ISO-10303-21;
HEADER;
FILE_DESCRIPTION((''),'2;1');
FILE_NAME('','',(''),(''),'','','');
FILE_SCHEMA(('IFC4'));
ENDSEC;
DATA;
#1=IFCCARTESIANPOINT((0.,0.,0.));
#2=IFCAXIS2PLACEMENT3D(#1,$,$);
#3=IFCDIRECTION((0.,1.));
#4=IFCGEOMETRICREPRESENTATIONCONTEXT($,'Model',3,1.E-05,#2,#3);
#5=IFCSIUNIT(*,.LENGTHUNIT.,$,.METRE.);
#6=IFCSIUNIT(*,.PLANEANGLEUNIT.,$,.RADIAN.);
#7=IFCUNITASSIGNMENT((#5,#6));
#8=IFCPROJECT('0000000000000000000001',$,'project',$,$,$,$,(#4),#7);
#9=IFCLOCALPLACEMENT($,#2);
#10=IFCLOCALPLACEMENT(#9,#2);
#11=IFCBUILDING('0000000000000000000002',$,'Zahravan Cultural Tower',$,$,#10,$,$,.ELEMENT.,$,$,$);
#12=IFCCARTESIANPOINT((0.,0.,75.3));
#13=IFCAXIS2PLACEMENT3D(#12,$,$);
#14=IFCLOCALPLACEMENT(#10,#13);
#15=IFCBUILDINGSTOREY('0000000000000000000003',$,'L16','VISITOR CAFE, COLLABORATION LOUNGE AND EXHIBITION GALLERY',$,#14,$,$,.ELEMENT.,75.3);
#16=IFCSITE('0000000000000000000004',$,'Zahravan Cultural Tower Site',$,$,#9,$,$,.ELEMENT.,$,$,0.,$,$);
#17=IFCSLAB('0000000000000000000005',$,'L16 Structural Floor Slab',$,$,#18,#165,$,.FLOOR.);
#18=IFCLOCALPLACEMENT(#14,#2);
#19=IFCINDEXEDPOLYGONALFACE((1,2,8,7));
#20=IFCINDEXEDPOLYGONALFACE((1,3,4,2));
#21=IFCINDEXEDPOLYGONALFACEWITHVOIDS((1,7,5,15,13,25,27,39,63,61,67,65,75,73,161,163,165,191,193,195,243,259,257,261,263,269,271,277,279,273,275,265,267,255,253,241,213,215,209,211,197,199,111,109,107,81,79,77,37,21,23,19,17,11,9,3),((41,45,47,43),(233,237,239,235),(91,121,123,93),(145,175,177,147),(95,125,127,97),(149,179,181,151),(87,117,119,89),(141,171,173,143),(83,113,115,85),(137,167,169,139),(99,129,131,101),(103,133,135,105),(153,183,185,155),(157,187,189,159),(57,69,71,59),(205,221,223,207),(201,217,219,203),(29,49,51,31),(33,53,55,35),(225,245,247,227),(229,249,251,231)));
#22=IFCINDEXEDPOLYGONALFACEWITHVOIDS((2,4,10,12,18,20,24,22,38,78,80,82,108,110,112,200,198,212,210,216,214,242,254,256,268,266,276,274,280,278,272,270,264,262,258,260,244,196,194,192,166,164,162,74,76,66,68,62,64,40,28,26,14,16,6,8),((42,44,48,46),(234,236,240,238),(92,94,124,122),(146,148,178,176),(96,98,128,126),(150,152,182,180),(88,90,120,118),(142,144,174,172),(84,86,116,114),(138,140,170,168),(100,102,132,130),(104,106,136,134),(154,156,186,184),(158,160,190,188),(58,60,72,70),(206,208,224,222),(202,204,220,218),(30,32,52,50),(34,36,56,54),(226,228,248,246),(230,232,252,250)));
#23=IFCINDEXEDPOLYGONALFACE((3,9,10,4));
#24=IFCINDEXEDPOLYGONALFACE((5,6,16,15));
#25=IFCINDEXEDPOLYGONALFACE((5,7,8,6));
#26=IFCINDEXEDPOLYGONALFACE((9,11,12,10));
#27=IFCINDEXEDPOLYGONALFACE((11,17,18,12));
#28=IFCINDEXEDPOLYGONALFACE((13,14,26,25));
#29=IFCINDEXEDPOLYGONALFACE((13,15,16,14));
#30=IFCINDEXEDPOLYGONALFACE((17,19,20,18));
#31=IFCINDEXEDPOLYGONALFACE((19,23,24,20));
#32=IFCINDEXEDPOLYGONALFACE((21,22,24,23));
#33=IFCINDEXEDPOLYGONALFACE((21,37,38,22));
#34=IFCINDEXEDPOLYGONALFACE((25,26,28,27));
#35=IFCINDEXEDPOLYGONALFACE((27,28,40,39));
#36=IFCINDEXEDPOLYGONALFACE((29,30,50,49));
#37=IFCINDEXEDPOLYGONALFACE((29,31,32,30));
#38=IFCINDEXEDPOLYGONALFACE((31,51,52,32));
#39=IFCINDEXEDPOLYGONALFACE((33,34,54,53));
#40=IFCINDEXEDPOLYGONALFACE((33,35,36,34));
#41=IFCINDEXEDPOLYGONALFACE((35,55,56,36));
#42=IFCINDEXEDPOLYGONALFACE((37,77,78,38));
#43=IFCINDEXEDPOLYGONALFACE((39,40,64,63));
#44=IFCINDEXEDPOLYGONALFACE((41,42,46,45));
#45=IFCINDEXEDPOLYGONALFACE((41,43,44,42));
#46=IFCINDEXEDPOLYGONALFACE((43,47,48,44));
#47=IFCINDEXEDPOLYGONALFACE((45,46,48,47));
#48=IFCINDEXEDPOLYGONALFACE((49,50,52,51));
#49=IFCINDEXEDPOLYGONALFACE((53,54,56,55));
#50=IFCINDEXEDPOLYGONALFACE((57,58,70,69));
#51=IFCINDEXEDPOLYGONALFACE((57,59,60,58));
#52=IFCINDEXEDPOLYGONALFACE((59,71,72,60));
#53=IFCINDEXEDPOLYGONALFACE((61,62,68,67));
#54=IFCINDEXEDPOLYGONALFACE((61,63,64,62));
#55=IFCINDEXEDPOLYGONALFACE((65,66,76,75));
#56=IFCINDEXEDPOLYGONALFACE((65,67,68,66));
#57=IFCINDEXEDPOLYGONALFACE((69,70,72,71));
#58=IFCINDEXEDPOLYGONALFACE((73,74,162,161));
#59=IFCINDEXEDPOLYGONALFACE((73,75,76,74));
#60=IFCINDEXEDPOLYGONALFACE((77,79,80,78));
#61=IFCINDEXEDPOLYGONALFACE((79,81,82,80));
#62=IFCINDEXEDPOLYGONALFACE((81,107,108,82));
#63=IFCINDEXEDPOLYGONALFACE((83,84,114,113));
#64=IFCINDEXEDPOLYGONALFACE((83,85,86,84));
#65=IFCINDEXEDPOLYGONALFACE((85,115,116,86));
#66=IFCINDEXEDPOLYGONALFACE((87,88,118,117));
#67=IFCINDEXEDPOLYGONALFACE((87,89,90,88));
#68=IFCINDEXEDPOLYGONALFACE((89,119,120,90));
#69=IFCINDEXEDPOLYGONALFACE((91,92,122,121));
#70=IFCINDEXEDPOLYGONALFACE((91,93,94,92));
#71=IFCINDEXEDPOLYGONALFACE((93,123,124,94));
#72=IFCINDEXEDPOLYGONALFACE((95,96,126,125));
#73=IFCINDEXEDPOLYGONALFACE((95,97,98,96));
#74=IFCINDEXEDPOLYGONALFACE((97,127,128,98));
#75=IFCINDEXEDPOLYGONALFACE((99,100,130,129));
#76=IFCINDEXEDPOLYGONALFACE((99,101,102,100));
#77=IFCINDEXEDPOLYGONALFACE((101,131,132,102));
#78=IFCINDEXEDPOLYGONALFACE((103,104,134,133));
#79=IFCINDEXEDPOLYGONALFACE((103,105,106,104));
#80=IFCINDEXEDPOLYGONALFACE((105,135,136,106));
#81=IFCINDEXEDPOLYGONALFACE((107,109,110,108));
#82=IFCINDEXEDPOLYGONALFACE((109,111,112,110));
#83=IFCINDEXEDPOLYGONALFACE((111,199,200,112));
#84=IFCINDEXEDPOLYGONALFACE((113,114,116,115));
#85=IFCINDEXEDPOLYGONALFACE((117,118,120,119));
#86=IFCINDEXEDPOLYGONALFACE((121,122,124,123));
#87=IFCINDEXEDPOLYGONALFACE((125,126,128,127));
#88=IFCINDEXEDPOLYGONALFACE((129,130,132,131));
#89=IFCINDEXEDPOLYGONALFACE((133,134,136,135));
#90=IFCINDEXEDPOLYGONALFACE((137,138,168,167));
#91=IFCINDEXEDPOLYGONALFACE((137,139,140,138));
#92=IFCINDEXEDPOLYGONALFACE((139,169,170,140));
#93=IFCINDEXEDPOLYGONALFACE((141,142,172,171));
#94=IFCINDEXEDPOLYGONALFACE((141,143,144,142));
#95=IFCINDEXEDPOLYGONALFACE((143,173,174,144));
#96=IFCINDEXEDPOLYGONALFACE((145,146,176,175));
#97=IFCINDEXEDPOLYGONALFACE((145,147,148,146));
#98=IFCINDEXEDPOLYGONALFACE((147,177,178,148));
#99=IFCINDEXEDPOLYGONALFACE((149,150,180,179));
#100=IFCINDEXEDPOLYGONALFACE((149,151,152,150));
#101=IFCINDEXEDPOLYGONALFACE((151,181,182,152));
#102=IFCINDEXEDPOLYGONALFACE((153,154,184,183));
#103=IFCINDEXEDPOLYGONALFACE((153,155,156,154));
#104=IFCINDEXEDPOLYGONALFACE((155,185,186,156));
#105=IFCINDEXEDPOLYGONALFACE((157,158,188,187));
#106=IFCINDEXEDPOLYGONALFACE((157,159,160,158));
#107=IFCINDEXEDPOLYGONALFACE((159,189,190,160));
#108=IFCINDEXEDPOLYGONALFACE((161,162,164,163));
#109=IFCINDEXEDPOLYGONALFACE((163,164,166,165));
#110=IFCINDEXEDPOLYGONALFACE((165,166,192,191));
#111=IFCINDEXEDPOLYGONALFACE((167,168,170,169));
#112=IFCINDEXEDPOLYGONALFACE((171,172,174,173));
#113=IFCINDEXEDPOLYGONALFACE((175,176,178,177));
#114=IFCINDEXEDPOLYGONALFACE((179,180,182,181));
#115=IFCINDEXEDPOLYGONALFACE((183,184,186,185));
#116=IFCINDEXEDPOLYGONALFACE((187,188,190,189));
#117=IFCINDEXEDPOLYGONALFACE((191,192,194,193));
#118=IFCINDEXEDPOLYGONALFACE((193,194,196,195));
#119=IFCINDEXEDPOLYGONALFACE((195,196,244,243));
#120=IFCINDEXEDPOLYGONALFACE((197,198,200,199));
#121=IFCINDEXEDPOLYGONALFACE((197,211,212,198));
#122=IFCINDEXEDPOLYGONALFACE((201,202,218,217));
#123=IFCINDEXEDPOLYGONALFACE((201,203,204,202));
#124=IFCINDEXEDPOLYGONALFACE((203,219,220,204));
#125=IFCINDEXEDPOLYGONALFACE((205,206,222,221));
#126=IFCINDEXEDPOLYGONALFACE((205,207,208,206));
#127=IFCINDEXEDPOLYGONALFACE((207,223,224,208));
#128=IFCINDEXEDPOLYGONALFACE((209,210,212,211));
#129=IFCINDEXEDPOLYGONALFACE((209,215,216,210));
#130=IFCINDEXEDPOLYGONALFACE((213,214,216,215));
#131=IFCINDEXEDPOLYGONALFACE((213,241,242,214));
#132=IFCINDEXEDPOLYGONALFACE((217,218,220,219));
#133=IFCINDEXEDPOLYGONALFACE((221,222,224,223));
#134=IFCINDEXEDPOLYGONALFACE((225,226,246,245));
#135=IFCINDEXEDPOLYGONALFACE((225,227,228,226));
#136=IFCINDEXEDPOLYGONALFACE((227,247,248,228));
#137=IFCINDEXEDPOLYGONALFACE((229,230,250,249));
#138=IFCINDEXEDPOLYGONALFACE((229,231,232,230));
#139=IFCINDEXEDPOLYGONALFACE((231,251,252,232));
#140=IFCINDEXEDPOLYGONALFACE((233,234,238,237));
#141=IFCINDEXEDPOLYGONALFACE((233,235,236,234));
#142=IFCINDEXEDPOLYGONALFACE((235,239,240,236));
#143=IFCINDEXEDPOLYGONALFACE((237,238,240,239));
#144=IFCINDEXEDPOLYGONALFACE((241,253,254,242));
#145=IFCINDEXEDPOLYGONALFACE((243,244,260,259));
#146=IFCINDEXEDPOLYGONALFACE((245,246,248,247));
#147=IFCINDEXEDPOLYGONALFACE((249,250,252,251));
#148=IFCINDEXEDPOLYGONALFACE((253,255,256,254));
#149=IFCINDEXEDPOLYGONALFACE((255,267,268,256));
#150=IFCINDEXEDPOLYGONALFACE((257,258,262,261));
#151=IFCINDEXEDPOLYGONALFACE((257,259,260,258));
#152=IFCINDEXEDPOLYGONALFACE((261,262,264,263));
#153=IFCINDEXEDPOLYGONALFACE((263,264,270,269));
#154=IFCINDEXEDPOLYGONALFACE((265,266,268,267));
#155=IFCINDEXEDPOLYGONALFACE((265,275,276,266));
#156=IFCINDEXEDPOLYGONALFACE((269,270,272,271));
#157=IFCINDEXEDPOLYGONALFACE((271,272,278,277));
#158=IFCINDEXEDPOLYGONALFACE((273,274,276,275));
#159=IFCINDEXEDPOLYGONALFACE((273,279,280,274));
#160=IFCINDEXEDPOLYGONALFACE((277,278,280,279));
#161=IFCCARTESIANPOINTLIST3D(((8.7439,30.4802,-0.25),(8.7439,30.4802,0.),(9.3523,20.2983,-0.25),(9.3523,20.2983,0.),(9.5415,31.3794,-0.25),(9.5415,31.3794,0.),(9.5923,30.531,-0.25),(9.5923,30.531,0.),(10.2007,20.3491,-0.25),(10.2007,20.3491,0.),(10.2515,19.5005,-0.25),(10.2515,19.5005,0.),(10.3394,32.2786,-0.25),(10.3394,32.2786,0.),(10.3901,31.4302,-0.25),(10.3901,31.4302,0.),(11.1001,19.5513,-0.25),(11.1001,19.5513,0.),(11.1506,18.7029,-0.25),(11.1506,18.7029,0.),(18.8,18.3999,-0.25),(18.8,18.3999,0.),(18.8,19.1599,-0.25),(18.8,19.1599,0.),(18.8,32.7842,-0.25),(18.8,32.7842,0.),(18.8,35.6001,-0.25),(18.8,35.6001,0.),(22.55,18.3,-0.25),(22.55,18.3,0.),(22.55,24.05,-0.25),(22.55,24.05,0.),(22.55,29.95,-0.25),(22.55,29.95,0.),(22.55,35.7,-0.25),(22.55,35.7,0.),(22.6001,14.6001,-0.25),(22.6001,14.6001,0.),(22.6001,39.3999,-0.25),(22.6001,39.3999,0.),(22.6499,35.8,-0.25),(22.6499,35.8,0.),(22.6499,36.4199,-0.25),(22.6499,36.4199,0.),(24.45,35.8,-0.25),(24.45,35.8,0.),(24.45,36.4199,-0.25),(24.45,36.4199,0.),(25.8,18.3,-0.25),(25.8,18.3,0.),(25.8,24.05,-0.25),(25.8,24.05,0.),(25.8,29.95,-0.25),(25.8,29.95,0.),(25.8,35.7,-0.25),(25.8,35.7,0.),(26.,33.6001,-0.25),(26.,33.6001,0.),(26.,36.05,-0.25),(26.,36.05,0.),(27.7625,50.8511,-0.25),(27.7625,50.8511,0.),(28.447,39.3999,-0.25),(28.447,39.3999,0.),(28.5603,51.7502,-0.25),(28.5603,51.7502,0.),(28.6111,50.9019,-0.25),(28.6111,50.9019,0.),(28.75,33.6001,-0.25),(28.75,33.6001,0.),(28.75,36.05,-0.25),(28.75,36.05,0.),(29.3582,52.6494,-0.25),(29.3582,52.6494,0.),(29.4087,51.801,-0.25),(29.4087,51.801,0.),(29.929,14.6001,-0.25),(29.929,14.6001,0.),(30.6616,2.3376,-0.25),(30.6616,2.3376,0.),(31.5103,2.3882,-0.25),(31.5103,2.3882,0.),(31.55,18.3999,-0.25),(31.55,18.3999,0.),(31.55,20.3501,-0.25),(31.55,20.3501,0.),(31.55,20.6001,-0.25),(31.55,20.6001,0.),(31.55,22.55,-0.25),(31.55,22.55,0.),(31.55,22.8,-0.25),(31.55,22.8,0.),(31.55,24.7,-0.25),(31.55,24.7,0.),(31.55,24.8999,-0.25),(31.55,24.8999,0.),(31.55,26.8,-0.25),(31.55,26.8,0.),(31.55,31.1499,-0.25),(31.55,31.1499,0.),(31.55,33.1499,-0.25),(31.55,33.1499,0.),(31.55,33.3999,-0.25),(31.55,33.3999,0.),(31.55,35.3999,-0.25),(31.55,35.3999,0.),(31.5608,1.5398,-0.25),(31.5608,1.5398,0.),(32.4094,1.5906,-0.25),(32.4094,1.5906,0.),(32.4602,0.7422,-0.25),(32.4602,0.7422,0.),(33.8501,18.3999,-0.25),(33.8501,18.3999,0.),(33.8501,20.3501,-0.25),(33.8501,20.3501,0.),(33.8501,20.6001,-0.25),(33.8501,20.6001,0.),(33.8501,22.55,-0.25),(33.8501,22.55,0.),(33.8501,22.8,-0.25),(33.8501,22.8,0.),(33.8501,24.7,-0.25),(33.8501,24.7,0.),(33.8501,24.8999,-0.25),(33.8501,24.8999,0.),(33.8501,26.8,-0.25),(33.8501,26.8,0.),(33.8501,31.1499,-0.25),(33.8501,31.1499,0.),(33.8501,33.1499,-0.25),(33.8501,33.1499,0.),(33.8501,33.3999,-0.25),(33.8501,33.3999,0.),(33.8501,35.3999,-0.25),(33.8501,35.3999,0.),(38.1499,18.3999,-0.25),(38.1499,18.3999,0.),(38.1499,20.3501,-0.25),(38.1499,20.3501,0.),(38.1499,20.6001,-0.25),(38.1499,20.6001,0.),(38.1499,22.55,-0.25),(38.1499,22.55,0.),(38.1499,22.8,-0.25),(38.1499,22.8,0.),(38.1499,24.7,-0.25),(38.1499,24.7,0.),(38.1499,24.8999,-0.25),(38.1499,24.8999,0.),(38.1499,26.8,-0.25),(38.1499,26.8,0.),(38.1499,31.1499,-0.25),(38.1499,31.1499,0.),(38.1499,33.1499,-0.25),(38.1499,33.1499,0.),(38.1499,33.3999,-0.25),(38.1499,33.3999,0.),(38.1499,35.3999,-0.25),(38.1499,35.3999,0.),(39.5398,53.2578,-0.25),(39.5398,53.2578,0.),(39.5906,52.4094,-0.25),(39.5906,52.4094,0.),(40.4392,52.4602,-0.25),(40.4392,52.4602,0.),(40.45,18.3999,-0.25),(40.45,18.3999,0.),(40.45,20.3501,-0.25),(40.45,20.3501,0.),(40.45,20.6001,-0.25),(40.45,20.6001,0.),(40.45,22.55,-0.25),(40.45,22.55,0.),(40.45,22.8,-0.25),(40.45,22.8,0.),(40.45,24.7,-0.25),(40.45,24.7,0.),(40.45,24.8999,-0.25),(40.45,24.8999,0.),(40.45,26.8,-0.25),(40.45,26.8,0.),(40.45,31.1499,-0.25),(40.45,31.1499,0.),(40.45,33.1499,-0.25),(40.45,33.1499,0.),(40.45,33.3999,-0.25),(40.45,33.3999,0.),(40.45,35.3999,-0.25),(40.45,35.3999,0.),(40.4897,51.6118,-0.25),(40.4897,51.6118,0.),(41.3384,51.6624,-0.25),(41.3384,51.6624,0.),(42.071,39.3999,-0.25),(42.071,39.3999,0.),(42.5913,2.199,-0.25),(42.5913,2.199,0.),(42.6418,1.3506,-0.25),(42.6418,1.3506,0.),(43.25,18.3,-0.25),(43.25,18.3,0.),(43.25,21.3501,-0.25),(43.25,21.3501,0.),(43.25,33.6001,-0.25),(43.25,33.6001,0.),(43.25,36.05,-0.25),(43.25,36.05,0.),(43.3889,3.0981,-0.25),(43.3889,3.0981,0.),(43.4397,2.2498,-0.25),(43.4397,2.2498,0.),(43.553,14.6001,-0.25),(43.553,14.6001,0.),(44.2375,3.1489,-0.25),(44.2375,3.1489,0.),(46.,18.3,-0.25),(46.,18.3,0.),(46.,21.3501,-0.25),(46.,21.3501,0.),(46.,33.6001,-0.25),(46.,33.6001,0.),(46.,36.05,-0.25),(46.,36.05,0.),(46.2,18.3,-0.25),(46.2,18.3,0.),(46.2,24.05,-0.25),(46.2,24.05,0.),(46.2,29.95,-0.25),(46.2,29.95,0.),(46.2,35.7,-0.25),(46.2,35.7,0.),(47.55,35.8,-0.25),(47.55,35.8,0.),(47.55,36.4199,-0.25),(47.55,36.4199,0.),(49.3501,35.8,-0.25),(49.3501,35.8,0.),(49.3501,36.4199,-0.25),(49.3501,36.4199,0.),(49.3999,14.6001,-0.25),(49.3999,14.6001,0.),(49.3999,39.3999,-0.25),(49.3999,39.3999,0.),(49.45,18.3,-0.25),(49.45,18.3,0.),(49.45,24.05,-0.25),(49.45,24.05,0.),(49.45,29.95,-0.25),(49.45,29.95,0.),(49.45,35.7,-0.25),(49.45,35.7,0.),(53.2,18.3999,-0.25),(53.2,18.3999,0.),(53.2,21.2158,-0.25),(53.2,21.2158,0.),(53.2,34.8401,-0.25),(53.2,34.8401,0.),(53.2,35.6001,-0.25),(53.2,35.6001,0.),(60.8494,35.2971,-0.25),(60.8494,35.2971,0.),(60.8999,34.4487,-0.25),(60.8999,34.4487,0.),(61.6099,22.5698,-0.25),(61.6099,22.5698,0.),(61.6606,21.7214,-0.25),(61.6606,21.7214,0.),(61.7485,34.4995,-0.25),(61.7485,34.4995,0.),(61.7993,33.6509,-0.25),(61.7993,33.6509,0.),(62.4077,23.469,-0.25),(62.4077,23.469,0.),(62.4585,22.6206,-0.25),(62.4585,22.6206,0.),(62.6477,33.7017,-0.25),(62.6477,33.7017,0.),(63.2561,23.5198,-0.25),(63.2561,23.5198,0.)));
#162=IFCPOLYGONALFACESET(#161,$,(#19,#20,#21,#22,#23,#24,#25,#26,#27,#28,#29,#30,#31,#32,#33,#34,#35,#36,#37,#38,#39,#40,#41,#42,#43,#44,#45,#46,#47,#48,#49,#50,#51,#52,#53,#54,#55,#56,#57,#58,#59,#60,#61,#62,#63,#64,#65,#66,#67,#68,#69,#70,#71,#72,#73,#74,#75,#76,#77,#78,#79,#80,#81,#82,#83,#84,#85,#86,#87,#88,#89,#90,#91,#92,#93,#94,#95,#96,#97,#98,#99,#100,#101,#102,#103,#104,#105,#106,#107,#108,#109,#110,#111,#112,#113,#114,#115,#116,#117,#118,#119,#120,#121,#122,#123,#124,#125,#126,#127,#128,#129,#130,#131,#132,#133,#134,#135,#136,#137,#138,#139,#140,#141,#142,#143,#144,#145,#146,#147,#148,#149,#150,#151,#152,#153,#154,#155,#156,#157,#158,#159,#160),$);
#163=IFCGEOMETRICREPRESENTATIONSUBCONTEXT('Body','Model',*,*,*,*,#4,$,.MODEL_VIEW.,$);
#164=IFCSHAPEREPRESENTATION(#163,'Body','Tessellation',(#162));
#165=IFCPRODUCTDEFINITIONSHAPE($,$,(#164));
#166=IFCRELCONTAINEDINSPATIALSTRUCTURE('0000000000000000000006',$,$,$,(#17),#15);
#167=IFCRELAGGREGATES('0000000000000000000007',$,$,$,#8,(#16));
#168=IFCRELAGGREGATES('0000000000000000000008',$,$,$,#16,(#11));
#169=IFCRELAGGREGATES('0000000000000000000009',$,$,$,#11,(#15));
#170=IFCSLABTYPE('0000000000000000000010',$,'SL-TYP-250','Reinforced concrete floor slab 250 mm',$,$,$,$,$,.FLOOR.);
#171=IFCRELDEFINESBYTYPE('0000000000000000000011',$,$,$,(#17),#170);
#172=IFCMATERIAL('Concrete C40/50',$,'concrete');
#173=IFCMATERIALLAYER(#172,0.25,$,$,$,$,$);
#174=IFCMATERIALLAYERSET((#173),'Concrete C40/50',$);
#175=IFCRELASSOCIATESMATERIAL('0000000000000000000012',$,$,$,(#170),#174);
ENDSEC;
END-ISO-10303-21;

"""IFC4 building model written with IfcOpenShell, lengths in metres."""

from ifc_helpers import new_model, si_unit, direction, frame, origin, place, context, subcontext, project, spatial, polyline, outline, extrude, material, layer, layer_set, type_object, element, save


model = new_model("IFC4")

# Units and contexts
model_context = context("Model", 3, precision=1e-05, world=origin(), true_north=direction((0.0, 1.0)))
body_context = subcontext(model_context, "Body", "Model", "MODEL_VIEW")
ifc_project = project(units=[si_unit("LENGTHUNIT", "METRE"), si_unit("PLANEANGLEUNIT", "RADIAN")], contexts=[model_context])

# Site, building, storey
site_placement = place(None, origin())
site = spatial("IfcSite", under=ifc_project, at=site_placement, Name="Zahravan Cultural Tower Site", CompositionType="ELEMENT", RefElevation=0.0)
building_placement = place(site_placement, origin())
building = spatial("IfcBuilding", under=site, at=building_placement, Name="Zahravan Cultural Tower", CompositionType="ELEMENT")
storey_placement = place(building_placement, frame((0.0, 0.0, 75.3)))
storey = spatial("IfcBuildingStorey", under=building, at=storey_placement, Name="L16", Description="VISITOR CAFE, COLLABORATION LOUNGE AND EXHIBITION GALLERY", CompositionType="ELEMENT", Elevation=75.3)

# Slab
ifc_material_1 = material(Name="Concrete C40/50", Category="concrete")
ifc_layer_1 = layer(ifc_material_1, 0.25)
ifc_layer_set_1 = layer_set([ifc_layer_1], Name="Concrete C40/50")
slab_type_1 = type_object("IfcSlabType", Name="SL-TYP-250", Description="Reinforced concrete floor slab 250 mm", PredefinedType="FLOOR", material=ifc_layer_set_1)
slab_1_placement = place(storey_placement, frame((0.0, 0.0, -0.25)))
element("IfcSlab", 1, at=slab_1_placement, inside=storey, type_object=slab_type_1, Name="L16 Structural Floor Slab", PredefinedType="FLOOR", context=body_context, shape_type="SweptSolid", body=[
    extrude(outline(polyline([(53.2, 34.8401), (53.2, 35.6001), (49.3999, 39.3999), (42.071, 39.3999), (41.3384, 51.6624), (40.4897, 51.6118), (40.4392, 52.4602), (39.5906, 52.4094), (39.5398, 53.2578), (29.3582, 52.6494), (29.4087, 51.801), (28.5603, 51.7502), (28.6111, 50.9019), (27.7625, 50.8511), (28.447, 39.3999), (22.6001, 39.3999), (18.8, 35.6001), (18.8, 32.7842), (10.3394, 32.2786), (10.3901, 31.4302), (9.5415, 31.3794), (9.5923, 30.531), (8.7439, 30.4802), (9.3523, 20.2983), (10.2007, 20.3491), (10.2515, 19.5005), (11.1001, 19.5513), (11.1506, 18.7029), (18.8, 19.1599), (18.8, 18.3999), (22.6001, 14.6001), (29.929, 14.6001), (30.6616, 2.3376), (31.5103, 2.3882), (31.5608, 1.5398), (32.4094, 1.5906), (32.4602, 0.7422), (42.6418, 1.3506), (42.5913, 2.199), (43.4397, 2.2498), (43.3889, 3.0981), (44.2375, 3.1489), (43.553, 14.6001), (49.3999, 14.6001), (53.2, 18.3999), (53.2, 21.2158), (61.6606, 21.7214), (61.6099, 22.5698), (62.4585, 22.6206), (62.4077, 23.469), (63.2561, 23.5198), (62.6477, 33.7017), (61.7993, 33.6509), (61.7485, 34.4995), (60.8999, 34.4487), (60.8494, 35.2971), (53.2, 34.8401)]), holes=[polyline([(22.55, 29.95), (22.55, 35.7), (25.8, 35.7), (25.8, 29.95), (22.55, 29.95)]), polyline([(22.55, 18.3), (22.55, 24.05), (25.8, 24.05), (25.8, 18.3), (22.55, 18.3)]), polyline([(46.2, 29.95), (46.2, 35.7), (49.45, 35.7), (49.45, 29.95), (46.2, 29.95)]), polyline([(46.2, 18.3), (46.2, 24.05), (49.45, 24.05), (49.45, 18.3), (46.2, 18.3)]), polyline([(26.0, 33.6001), (26.0, 36.05), (28.75, 36.05), (28.75, 33.6001), (26.0, 33.6001)]), polyline([(43.25, 33.6001), (43.25, 36.05), (46.0, 36.05), (46.0, 33.6001), (43.25, 33.6001)]), polyline([(43.25, 18.3), (43.25, 21.3501), (46.0, 21.3501), (46.0, 18.3), (43.25, 18.3)]), polyline([(31.55, 33.3999), (31.55, 35.3999), (33.8501, 35.3999), (33.8501, 33.3999), (31.55, 33.3999)]), polyline([(31.55, 31.1499), (31.55, 33.1499), (33.8501, 33.1499), (33.8501, 31.1499), (31.55, 31.1499)]), polyline([(38.1499, 33.3999), (38.1499, 35.3999), (40.45, 35.3999), (40.45, 33.3999), (38.1499, 33.3999)]), polyline([(38.1499, 31.1499), (38.1499, 33.1499), (40.45, 33.1499), (40.45, 31.1499), (38.1499, 31.1499)]), polyline([(31.55, 20.6001), (31.55, 22.55), (33.8501, 22.55), (33.8501, 20.6001), (31.55, 20.6001)]), polyline([(31.55, 18.3999), (31.55, 20.3501), (33.8501, 20.3501), (33.8501, 18.3999), (31.55, 18.3999)]), polyline([(38.1499, 20.6001), (38.1499, 22.55), (40.45, 22.55), (40.45, 20.6001), (38.1499, 20.6001)]), polyline([(38.1499, 18.3999), (38.1499, 20.3501), (40.45, 20.3501), (40.45, 18.3999), (38.1499, 18.3999)]), polyline([(31.55, 24.8999), (31.55, 26.8), (33.8501, 26.8), (33.8501, 24.8999), (31.55, 24.8999)]), polyline([(31.55, 22.8), (31.55, 24.7), (33.8501, 24.7), (33.8501, 22.8), (31.55, 22.8)]), polyline([(38.1499, 24.8999), (38.1499, 26.8), (40.45, 26.8), (40.45, 24.8999), (38.1499, 24.8999)]), polyline([(38.1499, 22.8), (38.1499, 24.7), (40.45, 24.7), (40.45, 22.8), (38.1499, 22.8)]), polyline([(22.6499, 35.8), (22.6499, 36.4199), (24.45, 36.4199), (24.45, 35.8), (22.6499, 35.8)]), polyline([(47.55, 35.8), (47.55, 36.4199), (49.3501, 36.4199), (49.3501, 35.8), (47.55, 35.8)])]), origin(), (0.0, 0.0, 1.0), 0.25),
])

save(model, "model.ifc")
